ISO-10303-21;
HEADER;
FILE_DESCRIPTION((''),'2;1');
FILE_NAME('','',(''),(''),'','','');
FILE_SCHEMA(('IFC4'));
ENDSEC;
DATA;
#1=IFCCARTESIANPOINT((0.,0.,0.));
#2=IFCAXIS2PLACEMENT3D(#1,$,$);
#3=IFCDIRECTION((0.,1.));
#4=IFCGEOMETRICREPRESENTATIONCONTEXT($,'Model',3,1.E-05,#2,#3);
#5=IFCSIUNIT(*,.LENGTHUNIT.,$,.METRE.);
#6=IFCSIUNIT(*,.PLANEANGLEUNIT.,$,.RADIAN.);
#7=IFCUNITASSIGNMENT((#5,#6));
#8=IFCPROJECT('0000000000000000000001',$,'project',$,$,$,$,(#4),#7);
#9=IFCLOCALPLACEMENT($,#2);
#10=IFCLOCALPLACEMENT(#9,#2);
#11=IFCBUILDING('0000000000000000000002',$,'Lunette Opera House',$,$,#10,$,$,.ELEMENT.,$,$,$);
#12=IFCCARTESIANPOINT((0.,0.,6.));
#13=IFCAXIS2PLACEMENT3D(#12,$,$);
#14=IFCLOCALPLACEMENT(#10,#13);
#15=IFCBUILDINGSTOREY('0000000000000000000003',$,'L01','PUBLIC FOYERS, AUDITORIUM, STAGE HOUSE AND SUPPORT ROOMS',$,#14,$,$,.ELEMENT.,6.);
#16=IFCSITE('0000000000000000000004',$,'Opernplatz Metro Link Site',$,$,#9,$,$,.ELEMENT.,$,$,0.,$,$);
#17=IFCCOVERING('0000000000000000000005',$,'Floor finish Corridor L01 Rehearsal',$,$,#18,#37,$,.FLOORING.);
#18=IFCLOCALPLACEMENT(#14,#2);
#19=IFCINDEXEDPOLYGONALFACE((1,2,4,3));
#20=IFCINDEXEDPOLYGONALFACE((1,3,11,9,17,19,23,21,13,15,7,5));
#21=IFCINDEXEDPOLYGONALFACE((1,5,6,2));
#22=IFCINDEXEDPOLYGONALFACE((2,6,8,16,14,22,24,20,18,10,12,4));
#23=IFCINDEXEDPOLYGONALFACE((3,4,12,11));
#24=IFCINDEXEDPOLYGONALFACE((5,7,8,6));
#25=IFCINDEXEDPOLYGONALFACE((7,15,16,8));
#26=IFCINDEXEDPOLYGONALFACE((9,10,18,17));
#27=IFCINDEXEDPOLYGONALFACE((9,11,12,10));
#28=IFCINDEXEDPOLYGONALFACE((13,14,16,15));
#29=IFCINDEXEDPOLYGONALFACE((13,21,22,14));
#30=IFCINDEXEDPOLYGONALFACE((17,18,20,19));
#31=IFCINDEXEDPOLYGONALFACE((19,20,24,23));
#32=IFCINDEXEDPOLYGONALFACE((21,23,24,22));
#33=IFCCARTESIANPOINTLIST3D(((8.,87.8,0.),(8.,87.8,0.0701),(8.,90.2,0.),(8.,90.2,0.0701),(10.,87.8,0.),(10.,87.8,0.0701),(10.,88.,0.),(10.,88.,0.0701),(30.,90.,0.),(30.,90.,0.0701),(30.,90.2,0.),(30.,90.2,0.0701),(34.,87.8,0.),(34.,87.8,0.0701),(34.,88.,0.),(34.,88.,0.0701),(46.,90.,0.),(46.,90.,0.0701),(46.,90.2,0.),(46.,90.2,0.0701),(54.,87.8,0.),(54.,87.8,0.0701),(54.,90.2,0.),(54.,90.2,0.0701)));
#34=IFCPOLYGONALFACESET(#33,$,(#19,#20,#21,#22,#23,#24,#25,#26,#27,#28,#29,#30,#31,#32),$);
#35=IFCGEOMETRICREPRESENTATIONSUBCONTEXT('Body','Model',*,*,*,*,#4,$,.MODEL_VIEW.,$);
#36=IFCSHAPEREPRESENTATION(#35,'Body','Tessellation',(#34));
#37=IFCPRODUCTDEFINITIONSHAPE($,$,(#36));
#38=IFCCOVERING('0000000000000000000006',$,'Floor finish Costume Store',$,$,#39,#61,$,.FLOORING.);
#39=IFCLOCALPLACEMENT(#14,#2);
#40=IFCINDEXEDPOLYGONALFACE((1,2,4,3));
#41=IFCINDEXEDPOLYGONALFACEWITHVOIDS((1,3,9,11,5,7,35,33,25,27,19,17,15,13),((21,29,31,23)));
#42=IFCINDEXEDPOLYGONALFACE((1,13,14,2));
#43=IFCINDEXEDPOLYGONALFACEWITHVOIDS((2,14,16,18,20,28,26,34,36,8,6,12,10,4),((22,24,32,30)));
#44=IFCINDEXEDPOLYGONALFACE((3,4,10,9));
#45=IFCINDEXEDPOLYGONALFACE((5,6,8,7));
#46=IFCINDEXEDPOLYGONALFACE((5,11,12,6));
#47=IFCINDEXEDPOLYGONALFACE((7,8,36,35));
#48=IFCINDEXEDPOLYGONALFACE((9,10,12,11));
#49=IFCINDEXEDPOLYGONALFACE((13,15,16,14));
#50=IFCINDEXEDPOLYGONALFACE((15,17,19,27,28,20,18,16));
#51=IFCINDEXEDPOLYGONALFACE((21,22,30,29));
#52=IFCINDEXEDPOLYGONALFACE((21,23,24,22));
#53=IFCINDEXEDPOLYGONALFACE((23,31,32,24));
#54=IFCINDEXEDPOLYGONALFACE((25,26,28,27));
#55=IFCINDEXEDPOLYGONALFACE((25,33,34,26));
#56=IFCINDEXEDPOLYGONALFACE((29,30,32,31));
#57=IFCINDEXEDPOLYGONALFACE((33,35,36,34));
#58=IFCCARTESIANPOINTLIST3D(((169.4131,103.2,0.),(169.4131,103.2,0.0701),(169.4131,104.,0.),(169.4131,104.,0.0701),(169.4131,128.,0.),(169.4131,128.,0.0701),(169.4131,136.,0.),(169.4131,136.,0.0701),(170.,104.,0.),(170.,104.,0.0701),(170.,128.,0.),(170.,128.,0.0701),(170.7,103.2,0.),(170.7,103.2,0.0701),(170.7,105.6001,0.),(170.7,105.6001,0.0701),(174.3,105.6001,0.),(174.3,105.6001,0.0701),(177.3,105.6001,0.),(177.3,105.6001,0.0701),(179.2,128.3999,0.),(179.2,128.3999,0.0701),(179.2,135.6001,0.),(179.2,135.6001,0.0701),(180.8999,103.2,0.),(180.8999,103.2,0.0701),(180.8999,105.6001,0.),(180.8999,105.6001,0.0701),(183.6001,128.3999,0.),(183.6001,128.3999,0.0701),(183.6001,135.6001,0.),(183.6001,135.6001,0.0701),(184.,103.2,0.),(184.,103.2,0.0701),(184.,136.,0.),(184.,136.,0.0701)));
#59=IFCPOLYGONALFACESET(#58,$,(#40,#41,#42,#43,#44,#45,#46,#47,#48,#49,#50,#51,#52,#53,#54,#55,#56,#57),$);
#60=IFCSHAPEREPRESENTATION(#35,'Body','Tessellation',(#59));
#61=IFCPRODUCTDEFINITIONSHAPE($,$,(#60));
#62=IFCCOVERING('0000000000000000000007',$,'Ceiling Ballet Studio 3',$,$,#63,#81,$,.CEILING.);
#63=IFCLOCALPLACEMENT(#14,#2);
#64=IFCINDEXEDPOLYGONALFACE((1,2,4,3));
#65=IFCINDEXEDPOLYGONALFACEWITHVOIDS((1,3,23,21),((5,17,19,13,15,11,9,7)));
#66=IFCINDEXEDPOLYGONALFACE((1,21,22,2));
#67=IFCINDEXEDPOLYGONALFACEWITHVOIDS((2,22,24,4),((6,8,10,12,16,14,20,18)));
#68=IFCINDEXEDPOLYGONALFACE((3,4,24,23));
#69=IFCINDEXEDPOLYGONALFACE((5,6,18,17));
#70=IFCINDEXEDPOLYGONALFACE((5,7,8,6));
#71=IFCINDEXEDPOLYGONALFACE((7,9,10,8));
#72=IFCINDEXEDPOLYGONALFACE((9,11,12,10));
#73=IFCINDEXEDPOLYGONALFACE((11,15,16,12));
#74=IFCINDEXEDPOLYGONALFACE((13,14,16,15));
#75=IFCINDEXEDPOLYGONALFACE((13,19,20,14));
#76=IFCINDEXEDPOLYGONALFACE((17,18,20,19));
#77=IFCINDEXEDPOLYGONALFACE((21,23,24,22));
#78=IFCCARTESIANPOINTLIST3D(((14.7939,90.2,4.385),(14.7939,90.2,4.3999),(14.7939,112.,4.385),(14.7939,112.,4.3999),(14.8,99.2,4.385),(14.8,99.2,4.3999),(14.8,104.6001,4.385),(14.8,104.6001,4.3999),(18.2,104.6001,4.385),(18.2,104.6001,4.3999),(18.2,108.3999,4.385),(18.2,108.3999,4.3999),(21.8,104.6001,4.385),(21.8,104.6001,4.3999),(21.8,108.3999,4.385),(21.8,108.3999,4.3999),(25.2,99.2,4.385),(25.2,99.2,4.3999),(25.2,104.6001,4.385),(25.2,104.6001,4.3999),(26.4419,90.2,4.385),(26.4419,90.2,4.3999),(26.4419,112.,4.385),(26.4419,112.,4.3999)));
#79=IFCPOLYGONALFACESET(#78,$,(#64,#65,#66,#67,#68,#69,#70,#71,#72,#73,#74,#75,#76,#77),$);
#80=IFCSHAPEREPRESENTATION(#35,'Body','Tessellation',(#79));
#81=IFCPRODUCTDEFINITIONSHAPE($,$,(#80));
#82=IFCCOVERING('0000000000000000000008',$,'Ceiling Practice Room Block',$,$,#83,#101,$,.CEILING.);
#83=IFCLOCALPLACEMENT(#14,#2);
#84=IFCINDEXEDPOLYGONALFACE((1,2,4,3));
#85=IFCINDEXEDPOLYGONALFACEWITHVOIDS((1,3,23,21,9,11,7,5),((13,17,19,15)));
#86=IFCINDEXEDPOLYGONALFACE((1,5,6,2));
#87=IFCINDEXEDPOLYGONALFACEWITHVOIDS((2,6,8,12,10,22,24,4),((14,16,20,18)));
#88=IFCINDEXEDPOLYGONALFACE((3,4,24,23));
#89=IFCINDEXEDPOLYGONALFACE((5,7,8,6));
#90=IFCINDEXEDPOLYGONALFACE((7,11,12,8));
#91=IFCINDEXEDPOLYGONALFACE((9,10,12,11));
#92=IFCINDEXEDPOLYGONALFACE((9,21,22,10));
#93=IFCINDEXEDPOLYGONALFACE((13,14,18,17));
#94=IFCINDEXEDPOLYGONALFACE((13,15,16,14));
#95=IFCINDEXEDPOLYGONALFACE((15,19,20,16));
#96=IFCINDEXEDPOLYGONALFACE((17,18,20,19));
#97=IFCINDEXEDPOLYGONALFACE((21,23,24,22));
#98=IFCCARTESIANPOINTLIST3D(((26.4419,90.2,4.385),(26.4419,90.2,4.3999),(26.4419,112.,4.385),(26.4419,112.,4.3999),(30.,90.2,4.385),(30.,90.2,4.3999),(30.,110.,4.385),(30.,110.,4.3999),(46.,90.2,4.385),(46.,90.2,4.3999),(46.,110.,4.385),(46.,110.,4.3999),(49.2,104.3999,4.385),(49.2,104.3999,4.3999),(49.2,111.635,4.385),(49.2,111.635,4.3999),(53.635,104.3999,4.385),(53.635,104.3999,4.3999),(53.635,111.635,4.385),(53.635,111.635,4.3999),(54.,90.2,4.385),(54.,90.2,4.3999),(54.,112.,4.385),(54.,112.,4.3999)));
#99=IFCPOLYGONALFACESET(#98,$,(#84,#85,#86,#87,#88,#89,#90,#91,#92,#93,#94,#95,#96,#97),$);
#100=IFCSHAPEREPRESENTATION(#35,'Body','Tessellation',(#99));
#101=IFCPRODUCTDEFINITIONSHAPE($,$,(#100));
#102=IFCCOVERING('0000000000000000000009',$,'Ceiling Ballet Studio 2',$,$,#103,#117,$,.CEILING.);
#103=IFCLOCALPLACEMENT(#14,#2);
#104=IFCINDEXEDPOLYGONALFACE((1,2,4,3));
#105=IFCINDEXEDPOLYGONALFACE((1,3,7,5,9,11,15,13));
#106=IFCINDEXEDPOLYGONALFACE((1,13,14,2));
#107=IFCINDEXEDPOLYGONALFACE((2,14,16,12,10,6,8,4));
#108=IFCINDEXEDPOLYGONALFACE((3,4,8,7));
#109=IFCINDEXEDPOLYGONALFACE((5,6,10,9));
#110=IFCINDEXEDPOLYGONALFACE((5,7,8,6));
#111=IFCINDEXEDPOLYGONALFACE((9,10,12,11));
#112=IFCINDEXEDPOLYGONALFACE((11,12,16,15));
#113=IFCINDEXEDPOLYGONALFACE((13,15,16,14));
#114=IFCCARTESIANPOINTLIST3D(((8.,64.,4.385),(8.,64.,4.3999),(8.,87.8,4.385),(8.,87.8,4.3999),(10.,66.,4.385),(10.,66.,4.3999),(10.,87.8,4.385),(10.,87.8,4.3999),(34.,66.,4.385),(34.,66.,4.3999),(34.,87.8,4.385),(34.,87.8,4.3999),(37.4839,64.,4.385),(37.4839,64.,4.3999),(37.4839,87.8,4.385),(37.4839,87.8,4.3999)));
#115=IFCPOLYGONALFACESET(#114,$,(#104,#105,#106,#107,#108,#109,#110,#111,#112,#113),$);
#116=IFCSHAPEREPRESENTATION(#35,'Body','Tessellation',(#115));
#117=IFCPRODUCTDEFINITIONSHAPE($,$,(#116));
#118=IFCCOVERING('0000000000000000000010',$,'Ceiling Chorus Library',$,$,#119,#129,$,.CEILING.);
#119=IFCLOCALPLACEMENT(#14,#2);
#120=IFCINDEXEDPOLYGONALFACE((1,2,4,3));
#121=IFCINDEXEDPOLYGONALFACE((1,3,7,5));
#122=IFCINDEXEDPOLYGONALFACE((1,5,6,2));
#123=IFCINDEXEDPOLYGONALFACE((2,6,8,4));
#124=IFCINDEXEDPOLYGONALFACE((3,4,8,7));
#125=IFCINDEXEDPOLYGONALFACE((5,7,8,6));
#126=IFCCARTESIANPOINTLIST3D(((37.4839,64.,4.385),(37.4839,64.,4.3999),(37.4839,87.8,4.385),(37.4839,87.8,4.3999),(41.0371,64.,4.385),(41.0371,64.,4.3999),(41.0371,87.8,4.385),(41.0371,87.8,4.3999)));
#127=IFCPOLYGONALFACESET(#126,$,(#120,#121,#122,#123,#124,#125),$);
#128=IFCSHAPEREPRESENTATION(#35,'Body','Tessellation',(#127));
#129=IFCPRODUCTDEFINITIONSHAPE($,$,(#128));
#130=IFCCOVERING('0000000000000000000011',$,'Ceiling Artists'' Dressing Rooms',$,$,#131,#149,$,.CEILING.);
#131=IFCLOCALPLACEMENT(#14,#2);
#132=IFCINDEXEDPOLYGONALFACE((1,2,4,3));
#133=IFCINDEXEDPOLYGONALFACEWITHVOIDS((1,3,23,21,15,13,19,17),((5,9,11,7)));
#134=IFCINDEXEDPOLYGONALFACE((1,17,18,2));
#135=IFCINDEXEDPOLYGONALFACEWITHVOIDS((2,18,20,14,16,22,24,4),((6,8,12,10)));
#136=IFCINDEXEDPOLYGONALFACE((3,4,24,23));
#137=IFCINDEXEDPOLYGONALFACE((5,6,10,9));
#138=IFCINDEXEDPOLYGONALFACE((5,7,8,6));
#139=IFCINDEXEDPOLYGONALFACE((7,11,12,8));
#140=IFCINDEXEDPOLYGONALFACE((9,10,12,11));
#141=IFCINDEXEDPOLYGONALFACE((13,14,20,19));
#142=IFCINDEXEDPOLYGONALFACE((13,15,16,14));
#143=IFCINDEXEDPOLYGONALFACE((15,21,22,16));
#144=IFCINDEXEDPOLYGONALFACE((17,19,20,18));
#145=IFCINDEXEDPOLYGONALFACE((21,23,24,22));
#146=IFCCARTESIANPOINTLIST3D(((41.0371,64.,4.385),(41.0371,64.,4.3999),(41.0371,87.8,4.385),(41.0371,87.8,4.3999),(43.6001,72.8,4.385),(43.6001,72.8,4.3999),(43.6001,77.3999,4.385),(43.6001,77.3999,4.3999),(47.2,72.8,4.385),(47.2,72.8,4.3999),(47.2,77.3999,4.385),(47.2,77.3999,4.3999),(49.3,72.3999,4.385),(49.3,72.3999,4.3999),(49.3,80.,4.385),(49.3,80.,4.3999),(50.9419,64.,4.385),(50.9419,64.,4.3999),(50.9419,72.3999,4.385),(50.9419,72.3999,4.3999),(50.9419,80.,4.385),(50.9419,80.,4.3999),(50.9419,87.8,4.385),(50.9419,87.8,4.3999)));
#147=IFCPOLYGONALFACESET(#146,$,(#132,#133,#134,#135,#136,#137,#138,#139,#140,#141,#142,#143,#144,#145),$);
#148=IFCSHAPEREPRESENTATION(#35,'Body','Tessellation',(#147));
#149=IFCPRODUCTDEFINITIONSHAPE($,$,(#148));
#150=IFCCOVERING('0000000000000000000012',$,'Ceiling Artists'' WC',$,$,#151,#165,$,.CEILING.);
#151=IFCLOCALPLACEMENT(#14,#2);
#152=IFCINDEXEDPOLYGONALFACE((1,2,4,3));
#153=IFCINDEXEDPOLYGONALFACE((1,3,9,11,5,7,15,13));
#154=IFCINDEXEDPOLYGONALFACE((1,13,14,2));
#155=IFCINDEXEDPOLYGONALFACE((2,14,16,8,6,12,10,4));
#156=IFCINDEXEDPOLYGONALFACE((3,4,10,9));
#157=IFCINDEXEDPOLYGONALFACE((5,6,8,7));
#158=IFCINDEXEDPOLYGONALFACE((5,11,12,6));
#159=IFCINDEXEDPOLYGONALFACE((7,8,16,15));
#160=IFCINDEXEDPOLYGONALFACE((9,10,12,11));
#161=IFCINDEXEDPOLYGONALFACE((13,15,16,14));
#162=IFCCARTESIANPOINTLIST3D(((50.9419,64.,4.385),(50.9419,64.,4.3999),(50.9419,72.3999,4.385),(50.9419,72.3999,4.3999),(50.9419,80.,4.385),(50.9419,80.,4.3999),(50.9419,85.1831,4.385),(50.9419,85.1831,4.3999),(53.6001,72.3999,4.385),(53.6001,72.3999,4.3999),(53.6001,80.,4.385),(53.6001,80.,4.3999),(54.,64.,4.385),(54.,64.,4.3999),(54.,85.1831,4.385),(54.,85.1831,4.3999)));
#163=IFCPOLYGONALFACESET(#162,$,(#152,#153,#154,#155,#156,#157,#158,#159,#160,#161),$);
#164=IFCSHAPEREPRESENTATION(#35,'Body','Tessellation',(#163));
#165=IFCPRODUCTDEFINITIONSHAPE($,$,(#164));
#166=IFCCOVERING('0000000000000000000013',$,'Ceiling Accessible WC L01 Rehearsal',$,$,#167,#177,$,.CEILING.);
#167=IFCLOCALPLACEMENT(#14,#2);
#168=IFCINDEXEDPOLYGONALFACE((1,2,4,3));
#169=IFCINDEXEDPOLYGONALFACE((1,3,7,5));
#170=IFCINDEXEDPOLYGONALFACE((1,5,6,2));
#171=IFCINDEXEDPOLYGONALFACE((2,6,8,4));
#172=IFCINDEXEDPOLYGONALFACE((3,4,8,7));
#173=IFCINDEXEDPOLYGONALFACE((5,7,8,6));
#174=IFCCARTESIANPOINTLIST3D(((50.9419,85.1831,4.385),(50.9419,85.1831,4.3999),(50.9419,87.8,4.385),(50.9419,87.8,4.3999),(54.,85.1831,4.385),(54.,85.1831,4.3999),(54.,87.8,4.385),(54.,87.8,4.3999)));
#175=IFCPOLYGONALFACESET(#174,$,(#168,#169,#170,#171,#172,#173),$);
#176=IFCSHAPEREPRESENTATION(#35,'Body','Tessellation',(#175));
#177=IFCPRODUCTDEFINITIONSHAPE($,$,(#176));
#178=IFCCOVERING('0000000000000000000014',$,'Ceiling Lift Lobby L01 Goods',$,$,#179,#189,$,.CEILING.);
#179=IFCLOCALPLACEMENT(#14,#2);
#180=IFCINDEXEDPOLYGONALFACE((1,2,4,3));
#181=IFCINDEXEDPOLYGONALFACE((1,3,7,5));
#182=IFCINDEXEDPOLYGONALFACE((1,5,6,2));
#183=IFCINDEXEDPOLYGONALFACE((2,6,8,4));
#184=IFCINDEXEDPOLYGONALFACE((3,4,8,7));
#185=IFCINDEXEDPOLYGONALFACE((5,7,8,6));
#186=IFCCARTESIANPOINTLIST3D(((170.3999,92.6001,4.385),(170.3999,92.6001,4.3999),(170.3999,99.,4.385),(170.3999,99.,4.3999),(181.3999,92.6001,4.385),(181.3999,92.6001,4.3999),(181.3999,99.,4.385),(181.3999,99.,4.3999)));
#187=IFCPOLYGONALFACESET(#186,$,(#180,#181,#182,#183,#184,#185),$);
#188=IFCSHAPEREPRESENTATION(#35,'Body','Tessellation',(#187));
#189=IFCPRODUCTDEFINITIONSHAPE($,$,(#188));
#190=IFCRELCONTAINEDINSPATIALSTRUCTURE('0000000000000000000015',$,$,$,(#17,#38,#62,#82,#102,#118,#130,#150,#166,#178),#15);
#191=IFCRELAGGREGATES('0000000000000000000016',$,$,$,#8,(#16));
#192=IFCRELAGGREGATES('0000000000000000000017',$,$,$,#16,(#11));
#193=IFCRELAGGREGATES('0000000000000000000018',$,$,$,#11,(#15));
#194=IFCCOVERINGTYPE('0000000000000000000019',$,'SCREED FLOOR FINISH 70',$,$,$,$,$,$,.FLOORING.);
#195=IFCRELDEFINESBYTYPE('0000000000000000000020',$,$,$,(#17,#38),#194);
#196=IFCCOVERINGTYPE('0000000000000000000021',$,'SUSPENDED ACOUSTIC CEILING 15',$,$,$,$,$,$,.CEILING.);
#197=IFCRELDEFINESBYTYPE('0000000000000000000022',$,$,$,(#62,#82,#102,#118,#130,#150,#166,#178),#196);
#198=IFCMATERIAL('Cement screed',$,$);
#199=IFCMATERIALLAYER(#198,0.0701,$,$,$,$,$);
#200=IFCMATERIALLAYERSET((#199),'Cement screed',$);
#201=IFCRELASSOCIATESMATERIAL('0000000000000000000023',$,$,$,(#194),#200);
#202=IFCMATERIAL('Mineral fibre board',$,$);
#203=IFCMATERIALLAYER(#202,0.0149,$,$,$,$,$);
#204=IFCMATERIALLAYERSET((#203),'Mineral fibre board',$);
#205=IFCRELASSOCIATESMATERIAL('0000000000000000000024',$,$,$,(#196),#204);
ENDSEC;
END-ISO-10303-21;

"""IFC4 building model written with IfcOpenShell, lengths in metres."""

from ifc_helpers import new_model, si_unit, direction, frame, origin, place, context, subcontext, project, spatial, polyline, outline, extrude, material, layer, layer_set, type_object, element, save


model = new_model("IFC4")

# Units and contexts
model_context = context("Model", 3, precision=1e-05, world=origin(), true_north=direction((0.0, 1.0)))
body_context = subcontext(model_context, "Body", "Model", "MODEL_VIEW")
ifc_project = project(units=[si_unit("LENGTHUNIT", "METRE"), si_unit("PLANEANGLEUNIT", "RADIAN")], contexts=[model_context])

# Site, building, storey
site_placement = place(None, origin())
site = spatial("IfcSite", under=ifc_project, at=site_placement, Name="Opernplatz Metro Link Site", CompositionType="ELEMENT", RefElevation=0.0)
building_placement = place(site_placement, origin())
building = spatial("IfcBuilding", under=site, at=building_placement, Name="Lunette Opera House", CompositionType="ELEMENT")
storey_placement = place(building_placement, frame((0.0, 0.0, 6.0)))
storey = spatial("IfcBuildingStorey", under=building, at=storey_placement, Name="L01", Description="PUBLIC FOYERS, AUDITORIUM, STAGE HOUSE AND SUPPORT ROOMS", CompositionType="ELEMENT", Elevation=6.0)

# Coverings
ifc_material_1 = material(Name="Cement screed")
ifc_layer_1 = layer(ifc_material_1, 0.0701)
ifc_layer_set_1 = layer_set([ifc_layer_1], Name="Cement screed")
covering_type_1 = type_object("IfcCoveringType", Name="SCREED FLOOR FINISH 70", PredefinedType="FLOORING", material=ifc_layer_set_1)
covering_1_placement = place(storey_placement, origin())
element("IfcCovering", 1, at=covering_1_placement, inside=storey, type_object=covering_type_1, Name="Floor finish Corridor L01 Rehearsal", PredefinedType="FLOORING", context=body_context, shape_type="SweptSolid", body=[
    extrude(outline(polyline([(30.0, 90.0), (46.0, 90.0), (46.0, 90.2), (54.0, 90.2), (54.0, 87.8), (34.0, 87.8), (34.0, 88.0), (10.0, 88.0), (10.0, 87.8), (8.0, 87.8), (8.0, 90.2), (30.0, 90.2), (30.0, 90.0)])), origin(), (0.0, 0.0, 1.0), 0.0701),
])
covering_2_placement = place(storey_placement, origin())
element("IfcCovering", 2, at=covering_2_placement, inside=storey, type_object=covering_type_1, Name="Floor finish Costume Store", PredefinedType="FLOORING", context=body_context, shape_type="SweptSolid", body=[
    extrude(outline(polyline([(170.7, 105.6001), (170.7, 103.2), (169.4131, 103.2), (169.4131, 104.0), (170.0, 104.0), (170.0, 128.0), (169.4131, 128.0), (169.4131, 136.0), (184.0, 136.0), (184.0, 103.2), (180.8999, 103.2), (180.8999, 105.6001), (177.3, 105.6001), (174.3, 105.6001), (170.7, 105.6001)]), holes=[polyline([(183.6001, 135.6001), (179.2, 135.6001), (179.2, 128.3999), (183.6001, 128.3999), (183.6001, 135.6001)])]), origin(), (0.0, 0.0, 1.0), 0.0701),
])
ifc_material_2 = material(Name="Mineral fibre board")
ifc_layer_2 = layer(ifc_material_2, 0.0149)
ifc_layer_set_2 = layer_set([ifc_layer_2], Name="Mineral fibre board")
covering_type_2 = type_object("IfcCoveringType", Name="SUSPENDED ACOUSTIC CEILING 15", PredefinedType="CEILING", material=ifc_layer_set_2)
covering_3_placement = place(storey_placement, frame((0.0, 0.0, 4.385)))
element("IfcCovering", 3, at=covering_3_placement, inside=storey, type_object=covering_type_2, Name="Ceiling Ballet Studio 3", PredefinedType="CEILING", context=body_context, shape_type="SweptSolid", body=[
    extrude(outline(polyline([(14.7939, 90.2), (14.7939, 112.0), (26.4419, 112.0), (26.4419, 90.2), (14.7939, 90.2)]), holes=[polyline([(25.2, 99.2), (25.2, 104.6001), (21.8, 104.6001), (21.8, 108.3999), (18.2, 108.3999), (18.2, 104.6001), (14.8, 104.6001), (14.8, 99.2), (25.2, 99.2)])]), origin(), (0.0, 0.0, 1.0), 0.0149),
])
covering_4_placement = place(storey_placement, frame((0.0, 0.0, 4.385)))
element("IfcCovering", 4, at=covering_4_placement, inside=storey, type_object=covering_type_2, Name="Ceiling Practice Room Block", PredefinedType="CEILING", context=body_context, shape_type="SweptSolid", body=[
    extrude(outline(polyline([(46.0, 90.2), (46.0, 110.0), (30.0, 110.0), (30.0, 90.2), (26.4419, 90.2), (26.4419, 112.0), (54.0, 112.0), (54.0, 90.2), (46.0, 90.2)]), holes=[polyline([(53.635, 104.3999), (53.635, 111.635), (49.2, 111.635), (49.2, 104.3999), (53.635, 104.3999)])]), origin(), (0.0, 0.0, 1.0), 0.0149),
])
covering_5_placement = place(storey_placement, frame((0.0, 0.0, 4.385)))
element("IfcCovering", 5, at=covering_5_placement, inside=storey, type_object=covering_type_2, Name="Ceiling Ballet Studio 2", PredefinedType="CEILING", context=body_context, shape_type="SweptSolid", body=[
    extrude(outline(polyline([(10.0, 87.8), (10.0, 66.0), (34.0, 66.0), (34.0, 87.8), (37.4839, 87.8), (37.4839, 64.0), (8.0, 64.0), (8.0, 87.8), (10.0, 87.8)])), origin(), (0.0, 0.0, 1.0), 0.0149),
])
covering_6_placement = place(storey_placement, frame((0.0, 0.0, 4.385)))
element("IfcCovering", 6, at=covering_6_placement, inside=storey, type_object=covering_type_2, Name="Ceiling Chorus Library", PredefinedType="CEILING", context=body_context, shape_type="SweptSolid", body=[
    extrude(outline(polyline([(37.4839, 64.0), (37.4839, 87.8), (41.0371, 87.8), (41.0371, 64.0), (37.4839, 64.0)])), origin(), (0.0, 0.0, 1.0), 0.0149),
])
covering_7_placement = place(storey_placement, frame((0.0, 0.0, 4.385)))
element("IfcCovering", 7, at=covering_7_placement, inside=storey, type_object=covering_type_2, Name="Ceiling Artists' Dressing Rooms", PredefinedType="CEILING", context=body_context, shape_type="SweptSolid", body=[
    extrude(outline(polyline([(41.0371, 64.0), (41.0371, 87.8), (50.9419, 87.8), (50.9419, 80.0), (49.3, 80.0), (49.3, 72.3999), (50.9419, 72.3999), (50.9419, 64.0), (41.0371, 64.0)]), holes=[polyline([(43.6001, 77.3999), (43.6001, 72.8), (47.2, 72.8), (47.2, 77.3999), (43.6001, 77.3999)])]), origin(), (0.0, 0.0, 1.0), 0.0149),
])
covering_8_placement = place(storey_placement, frame((0.0, 0.0, 4.385)))
element("IfcCovering", 8, at=covering_8_placement, inside=storey, type_object=covering_type_2, Name="Ceiling Artists' WC", PredefinedType="CEILING", context=body_context, shape_type="SweptSolid", body=[
    extrude(outline(polyline([(50.9419, 72.3999), (53.6001, 72.3999), (53.6001, 80.0), (50.9419, 80.0), (50.9419, 85.1831), (54.0, 85.1831), (54.0, 64.0), (50.9419, 64.0), (50.9419, 72.3999)])), origin(), (0.0, 0.0, 1.0), 0.0149),
])
covering_9_placement = place(storey_placement, frame((0.0, 0.0, 4.385)))
element("IfcCovering", 9, at=covering_9_placement, inside=storey, type_object=covering_type_2, Name="Ceiling Accessible WC L01 Rehearsal", PredefinedType="CEILING", context=body_context, shape_type="SweptSolid", body=[
    extrude(outline(polyline([(50.9419, 87.8), (54.0, 87.8), (54.0, 85.1831), (50.9419, 85.1831), (50.9419, 87.8)])), origin(), (0.0, 0.0, 1.0), 0.0149),
])
covering_10_placement = place(storey_placement, frame((0.0, 0.0, 4.385)))
element("IfcCovering", 10, at=covering_10_placement, inside=storey, type_object=covering_type_2, Name="Ceiling Lift Lobby L01 Goods", PredefinedType="CEILING", context=body_context, shape_type="SweptSolid", body=[
    extrude(outline(polyline([(181.3999, 92.6001), (181.3999, 99.0), (170.3999, 99.0), (170.3999, 92.6001), (181.3999, 92.6001)])), origin(), (0.0, 0.0, 1.0), 0.0149),
])

save(model, "model.ifc")
